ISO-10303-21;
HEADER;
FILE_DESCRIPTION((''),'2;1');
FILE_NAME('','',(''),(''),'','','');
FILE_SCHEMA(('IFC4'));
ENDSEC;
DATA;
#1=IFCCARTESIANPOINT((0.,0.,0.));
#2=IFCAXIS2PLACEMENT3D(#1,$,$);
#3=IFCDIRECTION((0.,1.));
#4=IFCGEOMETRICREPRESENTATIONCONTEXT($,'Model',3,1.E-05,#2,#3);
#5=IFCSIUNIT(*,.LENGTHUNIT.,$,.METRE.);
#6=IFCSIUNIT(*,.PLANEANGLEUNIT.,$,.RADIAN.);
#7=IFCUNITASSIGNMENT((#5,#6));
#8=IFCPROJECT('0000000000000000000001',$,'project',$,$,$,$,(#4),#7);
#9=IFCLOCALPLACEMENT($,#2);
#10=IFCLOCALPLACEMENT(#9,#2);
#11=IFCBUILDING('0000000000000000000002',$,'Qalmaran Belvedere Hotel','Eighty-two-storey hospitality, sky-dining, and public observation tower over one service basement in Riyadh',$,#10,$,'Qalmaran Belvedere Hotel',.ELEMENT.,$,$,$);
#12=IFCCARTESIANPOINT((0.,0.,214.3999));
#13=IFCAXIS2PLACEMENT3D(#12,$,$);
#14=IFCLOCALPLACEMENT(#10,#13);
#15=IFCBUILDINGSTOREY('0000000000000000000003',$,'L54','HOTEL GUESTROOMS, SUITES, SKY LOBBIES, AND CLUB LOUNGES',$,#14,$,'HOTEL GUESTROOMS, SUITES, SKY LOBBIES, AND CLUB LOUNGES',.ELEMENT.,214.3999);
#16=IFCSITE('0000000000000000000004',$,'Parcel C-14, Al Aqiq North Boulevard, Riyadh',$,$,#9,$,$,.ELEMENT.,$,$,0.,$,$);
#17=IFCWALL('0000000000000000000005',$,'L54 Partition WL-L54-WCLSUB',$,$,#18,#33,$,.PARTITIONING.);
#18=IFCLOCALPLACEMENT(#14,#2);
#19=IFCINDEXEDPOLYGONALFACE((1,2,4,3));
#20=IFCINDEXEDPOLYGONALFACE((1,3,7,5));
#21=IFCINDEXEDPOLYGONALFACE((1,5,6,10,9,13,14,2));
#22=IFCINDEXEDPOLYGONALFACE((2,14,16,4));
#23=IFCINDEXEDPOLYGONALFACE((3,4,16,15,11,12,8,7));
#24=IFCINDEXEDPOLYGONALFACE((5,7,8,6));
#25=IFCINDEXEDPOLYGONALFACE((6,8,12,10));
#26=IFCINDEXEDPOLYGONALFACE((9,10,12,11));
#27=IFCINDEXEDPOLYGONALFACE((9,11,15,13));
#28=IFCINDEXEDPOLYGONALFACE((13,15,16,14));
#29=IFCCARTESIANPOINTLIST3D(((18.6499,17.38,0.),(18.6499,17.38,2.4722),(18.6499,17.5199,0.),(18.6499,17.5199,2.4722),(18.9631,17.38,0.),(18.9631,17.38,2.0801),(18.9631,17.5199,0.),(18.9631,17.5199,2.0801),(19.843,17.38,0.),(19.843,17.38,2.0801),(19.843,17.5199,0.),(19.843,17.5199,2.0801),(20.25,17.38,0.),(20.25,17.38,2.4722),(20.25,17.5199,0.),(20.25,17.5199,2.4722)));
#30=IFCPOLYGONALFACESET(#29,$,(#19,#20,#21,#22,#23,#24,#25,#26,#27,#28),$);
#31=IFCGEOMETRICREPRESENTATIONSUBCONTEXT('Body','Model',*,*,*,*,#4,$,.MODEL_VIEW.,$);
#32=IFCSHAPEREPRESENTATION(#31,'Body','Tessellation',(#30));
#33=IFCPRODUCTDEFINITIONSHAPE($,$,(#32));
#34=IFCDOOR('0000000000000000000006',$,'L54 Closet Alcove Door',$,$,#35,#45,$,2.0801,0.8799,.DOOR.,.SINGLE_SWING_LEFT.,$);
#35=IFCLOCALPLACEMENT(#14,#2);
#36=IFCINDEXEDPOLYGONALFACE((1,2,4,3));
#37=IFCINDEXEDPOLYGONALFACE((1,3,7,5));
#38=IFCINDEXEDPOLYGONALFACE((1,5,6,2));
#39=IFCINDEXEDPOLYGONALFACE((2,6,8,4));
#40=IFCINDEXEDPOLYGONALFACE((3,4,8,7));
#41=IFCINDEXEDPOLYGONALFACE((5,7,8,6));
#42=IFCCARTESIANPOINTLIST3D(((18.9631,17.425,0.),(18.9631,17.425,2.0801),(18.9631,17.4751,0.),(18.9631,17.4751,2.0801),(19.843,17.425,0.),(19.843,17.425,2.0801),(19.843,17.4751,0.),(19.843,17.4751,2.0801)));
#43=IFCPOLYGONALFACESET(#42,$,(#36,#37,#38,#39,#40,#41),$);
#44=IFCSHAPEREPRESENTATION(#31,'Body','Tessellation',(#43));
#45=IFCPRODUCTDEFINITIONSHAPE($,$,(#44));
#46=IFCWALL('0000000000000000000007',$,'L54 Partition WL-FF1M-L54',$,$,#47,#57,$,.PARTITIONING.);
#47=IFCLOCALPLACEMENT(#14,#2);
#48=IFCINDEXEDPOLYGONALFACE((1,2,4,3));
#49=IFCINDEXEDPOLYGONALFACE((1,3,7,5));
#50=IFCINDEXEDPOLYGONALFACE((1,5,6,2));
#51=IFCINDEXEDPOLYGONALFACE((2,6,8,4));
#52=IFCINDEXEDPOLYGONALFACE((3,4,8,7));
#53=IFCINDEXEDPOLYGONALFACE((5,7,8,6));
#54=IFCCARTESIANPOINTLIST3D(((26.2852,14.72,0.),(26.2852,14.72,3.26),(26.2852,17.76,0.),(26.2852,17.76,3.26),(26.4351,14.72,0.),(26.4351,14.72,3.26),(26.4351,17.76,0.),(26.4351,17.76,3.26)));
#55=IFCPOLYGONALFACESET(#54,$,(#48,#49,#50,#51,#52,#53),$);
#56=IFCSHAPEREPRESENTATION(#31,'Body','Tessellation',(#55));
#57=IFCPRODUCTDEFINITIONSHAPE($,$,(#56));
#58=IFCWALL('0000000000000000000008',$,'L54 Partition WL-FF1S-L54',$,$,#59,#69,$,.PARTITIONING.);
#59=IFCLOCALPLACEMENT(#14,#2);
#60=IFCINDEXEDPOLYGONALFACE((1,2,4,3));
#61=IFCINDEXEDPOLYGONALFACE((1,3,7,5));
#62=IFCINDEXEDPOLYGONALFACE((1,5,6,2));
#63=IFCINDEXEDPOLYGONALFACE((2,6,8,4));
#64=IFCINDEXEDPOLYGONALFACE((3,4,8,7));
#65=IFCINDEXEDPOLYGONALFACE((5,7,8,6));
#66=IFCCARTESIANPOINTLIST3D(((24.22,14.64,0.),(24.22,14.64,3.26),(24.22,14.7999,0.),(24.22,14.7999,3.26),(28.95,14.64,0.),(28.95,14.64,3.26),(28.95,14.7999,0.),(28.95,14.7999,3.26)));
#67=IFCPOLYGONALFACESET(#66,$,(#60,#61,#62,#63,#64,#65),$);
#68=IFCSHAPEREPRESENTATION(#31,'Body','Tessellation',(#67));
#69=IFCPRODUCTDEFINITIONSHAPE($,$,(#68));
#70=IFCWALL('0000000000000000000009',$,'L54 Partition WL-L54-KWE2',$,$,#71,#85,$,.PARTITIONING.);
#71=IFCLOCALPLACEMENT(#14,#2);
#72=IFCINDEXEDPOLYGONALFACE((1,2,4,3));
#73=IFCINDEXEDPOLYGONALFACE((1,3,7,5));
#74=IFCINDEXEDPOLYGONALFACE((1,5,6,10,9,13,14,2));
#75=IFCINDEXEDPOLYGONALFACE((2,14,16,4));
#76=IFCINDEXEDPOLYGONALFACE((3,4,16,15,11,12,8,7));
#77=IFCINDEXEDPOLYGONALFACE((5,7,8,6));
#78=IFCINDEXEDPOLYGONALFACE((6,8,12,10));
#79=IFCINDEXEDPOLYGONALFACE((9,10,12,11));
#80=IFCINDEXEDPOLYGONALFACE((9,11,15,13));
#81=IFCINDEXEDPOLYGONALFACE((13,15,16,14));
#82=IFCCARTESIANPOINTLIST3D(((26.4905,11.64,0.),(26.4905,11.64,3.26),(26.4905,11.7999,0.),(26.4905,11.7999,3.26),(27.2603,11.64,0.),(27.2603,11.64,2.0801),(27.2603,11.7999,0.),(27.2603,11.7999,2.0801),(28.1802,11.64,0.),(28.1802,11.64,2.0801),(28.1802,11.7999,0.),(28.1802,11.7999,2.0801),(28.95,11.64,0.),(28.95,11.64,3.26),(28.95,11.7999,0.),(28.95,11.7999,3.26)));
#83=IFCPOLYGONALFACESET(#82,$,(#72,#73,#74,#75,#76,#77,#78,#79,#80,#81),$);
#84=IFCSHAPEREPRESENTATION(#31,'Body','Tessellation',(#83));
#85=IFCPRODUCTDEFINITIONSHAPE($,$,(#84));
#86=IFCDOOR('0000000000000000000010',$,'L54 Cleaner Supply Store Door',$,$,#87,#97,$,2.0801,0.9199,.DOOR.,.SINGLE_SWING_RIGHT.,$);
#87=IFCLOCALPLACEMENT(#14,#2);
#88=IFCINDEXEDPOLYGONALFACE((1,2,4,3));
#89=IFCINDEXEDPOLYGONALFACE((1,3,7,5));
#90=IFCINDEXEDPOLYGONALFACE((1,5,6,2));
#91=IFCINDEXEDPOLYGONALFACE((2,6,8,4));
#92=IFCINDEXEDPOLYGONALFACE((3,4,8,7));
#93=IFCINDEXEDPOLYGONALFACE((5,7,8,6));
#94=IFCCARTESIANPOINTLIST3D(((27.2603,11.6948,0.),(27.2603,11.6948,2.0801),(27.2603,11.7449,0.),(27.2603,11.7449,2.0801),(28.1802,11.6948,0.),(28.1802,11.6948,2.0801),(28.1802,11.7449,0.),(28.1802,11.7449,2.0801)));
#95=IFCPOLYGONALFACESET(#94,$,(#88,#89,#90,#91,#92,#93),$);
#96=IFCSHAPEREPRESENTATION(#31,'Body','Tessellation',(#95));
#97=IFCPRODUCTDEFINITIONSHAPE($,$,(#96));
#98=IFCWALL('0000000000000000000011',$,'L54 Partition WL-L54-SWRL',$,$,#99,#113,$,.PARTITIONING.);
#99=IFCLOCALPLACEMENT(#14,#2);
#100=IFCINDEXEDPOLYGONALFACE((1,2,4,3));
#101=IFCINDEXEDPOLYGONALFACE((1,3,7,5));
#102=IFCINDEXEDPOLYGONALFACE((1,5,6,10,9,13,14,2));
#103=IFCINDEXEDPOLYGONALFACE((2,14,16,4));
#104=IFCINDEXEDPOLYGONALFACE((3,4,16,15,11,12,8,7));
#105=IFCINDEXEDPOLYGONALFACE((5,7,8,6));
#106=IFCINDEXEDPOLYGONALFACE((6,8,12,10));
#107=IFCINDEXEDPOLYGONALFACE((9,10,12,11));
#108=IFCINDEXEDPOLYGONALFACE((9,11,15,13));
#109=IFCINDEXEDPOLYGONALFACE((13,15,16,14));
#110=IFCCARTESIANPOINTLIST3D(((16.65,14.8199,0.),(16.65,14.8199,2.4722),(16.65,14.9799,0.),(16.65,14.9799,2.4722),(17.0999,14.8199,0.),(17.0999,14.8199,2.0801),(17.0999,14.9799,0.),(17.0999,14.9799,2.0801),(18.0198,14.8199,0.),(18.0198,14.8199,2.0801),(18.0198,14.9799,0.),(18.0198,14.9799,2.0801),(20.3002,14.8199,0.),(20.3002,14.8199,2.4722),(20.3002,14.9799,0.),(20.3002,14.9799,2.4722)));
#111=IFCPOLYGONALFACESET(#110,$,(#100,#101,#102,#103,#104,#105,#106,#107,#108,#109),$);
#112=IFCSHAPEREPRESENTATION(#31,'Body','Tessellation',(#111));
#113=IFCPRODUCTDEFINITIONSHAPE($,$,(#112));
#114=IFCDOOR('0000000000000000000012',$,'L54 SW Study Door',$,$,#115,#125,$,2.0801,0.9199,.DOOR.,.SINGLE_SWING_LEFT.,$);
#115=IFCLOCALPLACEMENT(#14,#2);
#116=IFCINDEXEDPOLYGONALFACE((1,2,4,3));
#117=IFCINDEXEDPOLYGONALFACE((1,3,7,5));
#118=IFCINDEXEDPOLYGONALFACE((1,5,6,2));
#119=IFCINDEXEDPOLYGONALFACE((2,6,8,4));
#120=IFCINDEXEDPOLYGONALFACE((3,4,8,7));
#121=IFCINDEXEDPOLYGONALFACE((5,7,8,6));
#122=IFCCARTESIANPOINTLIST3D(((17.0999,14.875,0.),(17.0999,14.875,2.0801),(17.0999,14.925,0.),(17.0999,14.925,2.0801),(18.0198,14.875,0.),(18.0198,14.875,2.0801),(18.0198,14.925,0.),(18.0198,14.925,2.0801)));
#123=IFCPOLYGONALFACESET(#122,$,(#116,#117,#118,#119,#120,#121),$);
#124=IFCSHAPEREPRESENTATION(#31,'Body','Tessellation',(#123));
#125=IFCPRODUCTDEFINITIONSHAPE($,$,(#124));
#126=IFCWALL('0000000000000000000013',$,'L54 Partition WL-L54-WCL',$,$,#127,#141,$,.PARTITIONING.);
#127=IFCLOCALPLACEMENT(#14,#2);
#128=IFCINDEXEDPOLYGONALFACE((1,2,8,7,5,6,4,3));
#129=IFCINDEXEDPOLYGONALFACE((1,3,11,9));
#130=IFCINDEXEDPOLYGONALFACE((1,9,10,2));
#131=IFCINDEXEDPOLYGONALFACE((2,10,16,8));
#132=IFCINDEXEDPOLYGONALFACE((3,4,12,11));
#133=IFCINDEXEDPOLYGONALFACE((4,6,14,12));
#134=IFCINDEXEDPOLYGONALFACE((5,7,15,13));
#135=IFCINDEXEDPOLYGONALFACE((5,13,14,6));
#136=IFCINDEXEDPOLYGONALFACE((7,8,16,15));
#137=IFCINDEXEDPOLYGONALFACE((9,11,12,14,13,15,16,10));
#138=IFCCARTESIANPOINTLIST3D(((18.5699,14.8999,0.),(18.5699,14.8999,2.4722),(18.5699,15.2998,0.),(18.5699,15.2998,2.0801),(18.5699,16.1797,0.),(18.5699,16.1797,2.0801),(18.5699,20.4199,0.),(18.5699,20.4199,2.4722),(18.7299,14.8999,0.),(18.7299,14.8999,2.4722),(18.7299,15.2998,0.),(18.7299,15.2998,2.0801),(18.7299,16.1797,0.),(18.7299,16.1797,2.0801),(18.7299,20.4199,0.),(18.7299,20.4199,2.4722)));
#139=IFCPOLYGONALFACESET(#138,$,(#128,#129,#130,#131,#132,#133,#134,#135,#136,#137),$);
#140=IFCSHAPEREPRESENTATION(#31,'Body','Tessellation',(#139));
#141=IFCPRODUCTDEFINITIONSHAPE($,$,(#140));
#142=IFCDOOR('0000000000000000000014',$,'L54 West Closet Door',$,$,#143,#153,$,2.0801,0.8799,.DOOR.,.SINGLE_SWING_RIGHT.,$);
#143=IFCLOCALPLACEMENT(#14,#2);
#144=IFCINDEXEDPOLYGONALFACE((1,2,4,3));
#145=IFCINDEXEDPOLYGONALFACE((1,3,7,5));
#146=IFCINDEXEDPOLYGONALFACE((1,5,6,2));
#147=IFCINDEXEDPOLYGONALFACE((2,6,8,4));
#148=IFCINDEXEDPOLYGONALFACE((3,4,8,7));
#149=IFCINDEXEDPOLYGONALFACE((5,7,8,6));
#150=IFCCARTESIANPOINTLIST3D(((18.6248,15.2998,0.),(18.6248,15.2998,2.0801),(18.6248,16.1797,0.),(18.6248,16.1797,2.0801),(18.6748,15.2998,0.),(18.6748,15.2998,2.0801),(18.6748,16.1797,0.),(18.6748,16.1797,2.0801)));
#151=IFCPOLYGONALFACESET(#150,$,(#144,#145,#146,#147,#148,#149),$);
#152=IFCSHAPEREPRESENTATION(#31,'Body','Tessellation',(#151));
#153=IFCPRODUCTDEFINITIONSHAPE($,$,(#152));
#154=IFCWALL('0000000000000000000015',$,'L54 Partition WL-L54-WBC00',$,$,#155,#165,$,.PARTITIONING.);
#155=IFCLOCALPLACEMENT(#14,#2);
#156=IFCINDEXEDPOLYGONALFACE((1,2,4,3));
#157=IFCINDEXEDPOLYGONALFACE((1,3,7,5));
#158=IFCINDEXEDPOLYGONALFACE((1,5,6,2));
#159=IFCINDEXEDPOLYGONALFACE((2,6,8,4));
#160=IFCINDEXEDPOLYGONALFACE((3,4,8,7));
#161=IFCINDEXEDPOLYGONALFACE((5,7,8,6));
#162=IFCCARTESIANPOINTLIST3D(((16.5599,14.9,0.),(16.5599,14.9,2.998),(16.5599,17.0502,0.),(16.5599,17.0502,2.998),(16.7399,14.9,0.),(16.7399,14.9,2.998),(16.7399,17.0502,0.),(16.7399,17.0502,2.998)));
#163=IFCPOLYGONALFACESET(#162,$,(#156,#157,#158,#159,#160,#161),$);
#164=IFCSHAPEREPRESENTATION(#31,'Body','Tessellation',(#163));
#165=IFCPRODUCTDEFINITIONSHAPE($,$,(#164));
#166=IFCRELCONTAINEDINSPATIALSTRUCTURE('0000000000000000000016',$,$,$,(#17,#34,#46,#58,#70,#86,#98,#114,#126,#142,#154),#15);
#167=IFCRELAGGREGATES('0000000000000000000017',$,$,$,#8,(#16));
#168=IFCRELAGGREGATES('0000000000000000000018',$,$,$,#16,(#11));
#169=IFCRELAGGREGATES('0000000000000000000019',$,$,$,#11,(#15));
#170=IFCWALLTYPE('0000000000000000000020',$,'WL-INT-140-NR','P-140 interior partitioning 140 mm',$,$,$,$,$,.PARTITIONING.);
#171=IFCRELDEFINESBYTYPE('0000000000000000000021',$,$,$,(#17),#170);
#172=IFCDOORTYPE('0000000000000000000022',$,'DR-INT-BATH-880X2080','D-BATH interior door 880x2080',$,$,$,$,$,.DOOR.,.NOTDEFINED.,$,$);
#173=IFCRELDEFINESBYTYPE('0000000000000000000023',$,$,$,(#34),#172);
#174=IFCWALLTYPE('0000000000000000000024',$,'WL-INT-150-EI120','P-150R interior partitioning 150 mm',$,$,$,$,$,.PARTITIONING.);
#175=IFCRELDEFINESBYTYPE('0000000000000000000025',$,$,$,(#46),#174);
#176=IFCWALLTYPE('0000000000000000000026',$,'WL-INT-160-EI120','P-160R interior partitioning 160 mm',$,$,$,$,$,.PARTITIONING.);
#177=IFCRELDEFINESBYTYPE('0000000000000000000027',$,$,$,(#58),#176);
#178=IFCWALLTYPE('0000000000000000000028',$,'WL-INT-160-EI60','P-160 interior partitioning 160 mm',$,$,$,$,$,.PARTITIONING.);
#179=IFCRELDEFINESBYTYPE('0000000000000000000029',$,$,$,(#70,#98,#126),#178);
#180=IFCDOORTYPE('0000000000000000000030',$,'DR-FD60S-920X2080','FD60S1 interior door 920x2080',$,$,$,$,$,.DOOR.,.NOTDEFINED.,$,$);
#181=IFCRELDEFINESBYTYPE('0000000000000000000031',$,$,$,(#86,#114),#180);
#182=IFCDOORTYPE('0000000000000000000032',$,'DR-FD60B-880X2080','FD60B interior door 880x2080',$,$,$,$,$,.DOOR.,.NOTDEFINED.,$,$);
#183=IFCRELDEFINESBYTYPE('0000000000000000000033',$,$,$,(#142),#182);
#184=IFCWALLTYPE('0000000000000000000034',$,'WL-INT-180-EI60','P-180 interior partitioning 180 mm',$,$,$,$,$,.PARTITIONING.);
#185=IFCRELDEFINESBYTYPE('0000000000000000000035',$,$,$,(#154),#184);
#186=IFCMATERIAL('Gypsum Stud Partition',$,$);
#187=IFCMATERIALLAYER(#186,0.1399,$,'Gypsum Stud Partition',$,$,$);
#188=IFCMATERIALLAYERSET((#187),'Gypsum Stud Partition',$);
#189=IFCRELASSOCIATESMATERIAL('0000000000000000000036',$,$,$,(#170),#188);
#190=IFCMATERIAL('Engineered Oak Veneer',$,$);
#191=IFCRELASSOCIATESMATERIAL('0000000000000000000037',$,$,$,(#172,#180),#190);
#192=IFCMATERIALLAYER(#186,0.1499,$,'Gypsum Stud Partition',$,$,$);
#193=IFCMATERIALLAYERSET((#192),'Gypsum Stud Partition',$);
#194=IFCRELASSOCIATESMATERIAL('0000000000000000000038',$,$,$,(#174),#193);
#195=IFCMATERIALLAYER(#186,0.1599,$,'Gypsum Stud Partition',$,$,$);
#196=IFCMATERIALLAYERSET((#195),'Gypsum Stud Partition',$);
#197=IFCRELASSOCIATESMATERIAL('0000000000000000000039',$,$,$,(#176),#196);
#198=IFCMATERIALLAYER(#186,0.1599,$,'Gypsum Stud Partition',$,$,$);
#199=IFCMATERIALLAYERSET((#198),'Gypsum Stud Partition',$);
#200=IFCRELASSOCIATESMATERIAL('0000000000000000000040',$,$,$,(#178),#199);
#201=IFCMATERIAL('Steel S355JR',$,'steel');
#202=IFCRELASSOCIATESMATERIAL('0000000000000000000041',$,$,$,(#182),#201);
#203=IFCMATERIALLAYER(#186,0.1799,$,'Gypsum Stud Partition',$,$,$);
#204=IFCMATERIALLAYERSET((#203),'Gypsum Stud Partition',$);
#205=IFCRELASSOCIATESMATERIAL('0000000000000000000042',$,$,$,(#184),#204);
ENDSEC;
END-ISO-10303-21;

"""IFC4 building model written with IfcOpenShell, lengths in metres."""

from ifc_helpers import new_model, si_unit, direction, frame, frame_2d, origin, place, context, subcontext, project, spatial, rectangle, extrude, material, layer, layer_set, type_object, element, fill, save


model = new_model("IFC4")

# Units and contexts
model_context = context("Model", 3, precision=1e-05, world=origin(), true_north=direction((0.0, 1.0)))
body_context = subcontext(model_context, "Body", "Model", "MODEL_VIEW")
ifc_project = project(units=[si_unit("LENGTHUNIT", "METRE"), si_unit("PLANEANGLEUNIT", "RADIAN")], contexts=[model_context])

# Site, building, storey
site_placement = place(None, origin())
site = spatial("IfcSite", under=ifc_project, at=site_placement, Name="Parcel C-14, Al Aqiq North Boulevard, Riyadh", CompositionType="ELEMENT", RefElevation=0.0)
building_placement = place(site_placement, origin())
building = spatial("IfcBuilding", under=site, at=building_placement, Name="Qalmaran Belvedere Hotel", Description="Eighty-two-storey hospitality, sky-dining, and public observation tower over one service basement in Riyadh", LongName="Qalmaran Belvedere Hotel", CompositionType="ELEMENT")
storey_placement = place(building_placement, frame((0.0, 0.0, 214.3999)))
storey = spatial("IfcBuildingStorey", under=building, at=storey_placement, Name="L54", Description="HOTEL GUESTROOMS, SUITES, SKY LOBBIES, AND CLUB LOUNGES", LongName="HOTEL GUESTROOMS, SUITES, SKY LOBBIES, AND CLUB LOUNGES", CompositionType="ELEMENT", Elevation=214.3999)

# Wall, opening, door
ifc_material_1 = material(Name="Gypsum Stud Partition")
ifc_layer_1 = layer(ifc_material_1, 0.1399, Name="Gypsum Stud Partition")
ifc_layer_set_1 = layer_set([ifc_layer_1], Name="Gypsum Stud Partition")
wall_type_1 = type_object("IfcWallType", Name="WL-INT-140-NR", Description="P-140 interior partitioning 140 mm", PredefinedType="PARTITIONING", material=ifc_layer_set_1)
wall_1_placement = place(storey_placement, frame((18.6499, 17.45, 0.0), z_axis=(0.0, 0.0, 1.0), x_axis=(1.0, 0.0, 0.0)))
wall_1 = element("IfcWall", 1, at=wall_1_placement, inside=storey, type_object=wall_type_1, Name="L54 Partition WL-L54-WCLSUB", PredefinedType="PARTITIONING", context=body_context, shape_type="SweptSolid", body=[
    extrude(rectangle(XDim=1.6001, YDim=0.1399, at=frame_2d((0.8, 0.0))), origin(), (0.0, 0.0, 1.0), 2.4722),
])
opening_1_placement = place(wall_1_placement, frame((1.1931, 0.0, 0.0), z_axis=(0.0, 0.0, 1.0), x_axis=(-1.0, 0.0, 0.0)))
opening_1 = element("IfcOpeningElement", 2, at=opening_1_placement, cuts=wall_1, PredefinedType="OPENING", context=body_context, shape_type="SweptSolid", body=[
    extrude(rectangle(XDim=0.8799, YDim=2.0801, at=frame_2d((0.4399, 1.04))), frame((0.0, 0.0801, 0.0), z_axis=(0.0, -1.0, 0.0), x_axis=(1.0, 0.0, 0.0)), (0.0, 0.0, 1.0), 0.1599),
])
ifc_material_2 = material(Name="Engineered Oak Veneer")
door_type_1 = type_object("IfcDoorType", Name="DR-INT-BATH-880X2080", Description="D-BATH interior door 880x2080", OperationType="NOTDEFINED", PredefinedType="DOOR", material=ifc_material_2)
door_1_placement = place(opening_1_placement, origin())
door_1 = element("IfcDoor", 3, at=door_1_placement, inside=storey, type_object=door_type_1, Name="L54 Closet Alcove Door", OperationType="SINGLE_SWING_LEFT", OverallHeight=2.0801, OverallWidth=0.8799, PredefinedType="DOOR", context=body_context, shape_type="SweptSolid", body=[
    extrude(rectangle(XDim=0.8799, YDim=2.0801, at=frame_2d((0.4399, 1.04))), frame((0.0, 0.0249, 0.0), z_axis=(0.0, -1.0, 0.0), x_axis=(1.0, 0.0, 0.0)), (0.0, 0.0, 1.0), 0.05),
])
fill(opening_1, door_1)

# Walls
ifc_layer_2 = layer(ifc_material_1, 0.1499, Name="Gypsum Stud Partition")
ifc_layer_set_2 = layer_set([ifc_layer_2], Name="Gypsum Stud Partition")
wall_type_2 = type_object("IfcWallType", Name="WL-INT-150-EI120", Description="P-150R interior partitioning 150 mm", PredefinedType="PARTITIONING", material=ifc_layer_set_2)
wall_2_placement = place(storey_placement, frame((26.3601, 14.72, 0.0), z_axis=(0.0, 0.0, 1.0), x_axis=(0.0, 1.0, 0.0)))
element("IfcWall", 4, at=wall_2_placement, inside=storey, type_object=wall_type_2, Name="L54 Partition WL-FF1M-L54", PredefinedType="PARTITIONING", context=body_context, shape_type="SweptSolid", body=[
    extrude(rectangle(XDim=3.04, YDim=0.1499, at=frame_2d((1.52, 0.0))), origin(), (0.0, 0.0, 1.0), 3.26),
])
ifc_layer_3 = layer(ifc_material_1, 0.1599, Name="Gypsum Stud Partition")
ifc_layer_set_3 = layer_set([ifc_layer_3], Name="Gypsum Stud Partition")
wall_type_3 = type_object("IfcWallType", Name="WL-INT-160-EI120", Description="P-160R interior partitioning 160 mm", PredefinedType="PARTITIONING", material=ifc_layer_set_3)
wall_3_placement = place(storey_placement, frame((24.22, 14.72, 0.0), z_axis=(0.0, 0.0, 1.0), x_axis=(1.0, 0.0, 0.0)))
element("IfcWall", 5, at=wall_3_placement, inside=storey, type_object=wall_type_3, Name="L54 Partition WL-FF1S-L54", PredefinedType="PARTITIONING", context=body_context, shape_type="SweptSolid", body=[
    extrude(rectangle(XDim=4.73, YDim=0.1599, at=frame_2d((2.365, 0.0))), origin(), (0.0, 0.0, 1.0), 3.26),
])

# Walls, openings, doors
ifc_layer_4 = layer(ifc_material_1, 0.1599, Name="Gypsum Stud Partition")
ifc_layer_set_4 = layer_set([ifc_layer_4], Name="Gypsum Stud Partition")
wall_type_4 = type_object("IfcWallType", Name="WL-INT-160-EI60", Description="P-160 interior partitioning 160 mm", PredefinedType="PARTITIONING", material=ifc_layer_set_4)
wall_4_placement = place(storey_placement, frame((26.4905, 11.72, 0.0), z_axis=(0.0, 0.0, 1.0), x_axis=(1.0, 0.0, 0.0)))
wall_4 = element("IfcWall", 6, at=wall_4_placement, inside=storey, type_object=wall_type_4, Name="L54 Partition WL-L54-KWE2", PredefinedType="PARTITIONING", context=body_context, shape_type="SweptSolid", body=[
    extrude(rectangle(XDim=2.4595, YDim=0.1599, at=frame_2d((1.2297, 0.0))), origin(), (0.0, 0.0, 1.0), 3.26),
])
opening_2_placement = place(wall_4_placement, frame((0.7698, 0.0, 0.0)))
opening_2 = element("IfcOpeningElement", 7, at=opening_2_placement, cuts=wall_4, PredefinedType="OPENING", context=body_context, shape_type="SweptSolid", body=[
    extrude(rectangle(XDim=0.9199, YDim=2.0801, at=frame_2d((0.46, 1.04))), frame((0.0, 0.0898, 0.0), z_axis=(0.0, -1.0, 0.0), x_axis=(1.0, 0.0, 0.0)), (0.0, 0.0, 1.0), 0.1799),
])
door_type_2 = type_object("IfcDoorType", Name="DR-FD60S-920X2080", Description="FD60S1 interior door 920x2080", OperationType="NOTDEFINED", PredefinedType="DOOR", material=ifc_material_2)
door_2_placement = place(opening_2_placement, origin())
door_2 = element("IfcDoor", 8, at=door_2_placement, inside=storey, type_object=door_type_2, Name="L54 Cleaner Supply Store Door", OperationType="SINGLE_SWING_RIGHT", OverallHeight=2.0801, OverallWidth=0.9199, PredefinedType="DOOR", context=body_context, shape_type="SweptSolid", body=[
    extrude(rectangle(XDim=0.9199, YDim=2.0801, at=frame_2d((0.46, 1.04))), frame((0.0, 0.0249, 0.0), z_axis=(0.0, -1.0, 0.0), x_axis=(1.0, 0.0, 0.0)), (0.0, 0.0, 1.0), 0.05),
])
fill(opening_2, door_2)
wall_5_placement = place(storey_placement, frame((16.6499, 14.8999, 0.0), z_axis=(0.0, 0.0, 1.0), x_axis=(1.0, 0.0, 0.0)))
wall_5 = element("IfcWall", 9, at=wall_5_placement, inside=storey, type_object=wall_type_4, Name="L54 Partition WL-L54-SWRL", PredefinedType="PARTITIONING", context=body_context, shape_type="SweptSolid", body=[
    extrude(rectangle(XDim=3.6501, YDim=0.1599, at=frame_2d((1.8252, 0.0))), origin(), (0.0, 0.0, 1.0), 2.4722),
])
opening_3_placement = place(wall_5_placement, frame((1.3699, 0.0, 0.0), z_axis=(0.0, 0.0, 1.0), x_axis=(-1.0, 0.0, 0.0)))
opening_3 = element("IfcOpeningElement", 10, at=opening_3_placement, cuts=wall_5, PredefinedType="OPENING", context=body_context, shape_type="SweptSolid", body=[
    extrude(rectangle(XDim=0.9199, YDim=2.0801, at=frame_2d((0.46, 1.04))), frame((0.0, 0.0898, 0.0), z_axis=(0.0, -1.0, 0.0), x_axis=(1.0, 0.0, 0.0)), (0.0, 0.0, 1.0), 0.1799),
])
door_3_placement = place(opening_3_placement, origin())
door_3 = element("IfcDoor", 11, at=door_3_placement, inside=storey, type_object=door_type_2, Name="L54 SW Study Door", OperationType="SINGLE_SWING_LEFT", OverallHeight=2.0801, OverallWidth=0.9199, PredefinedType="DOOR", context=body_context, shape_type="SweptSolid", body=[
    extrude(rectangle(XDim=0.9199, YDim=2.0801, at=frame_2d((0.46, 1.04))), frame((0.0, 0.0249, 0.0), z_axis=(0.0, -1.0, 0.0), x_axis=(1.0, 0.0, 0.0)), (0.0, 0.0, 1.0), 0.05),
])
fill(opening_3, door_3)
wall_6_placement = place(storey_placement, frame((18.6499, 14.8999, 0.0), z_axis=(0.0, 0.0, 1.0), x_axis=(0.0, 1.0, 0.0)))
wall_6 = element("IfcWall", 12, at=wall_6_placement, inside=storey, type_object=wall_type_4, Name="L54 Partition WL-L54-WCL", PredefinedType="PARTITIONING", context=body_context, shape_type="SweptSolid", body=[
    extrude(rectangle(XDim=5.52, YDim=0.1599, at=frame_2d((2.76, 0.0))), origin(), (0.0, 0.0, 1.0), 2.4722),
])
opening_4_placement = place(wall_6_placement, frame((1.2798, 0.0, 0.0), z_axis=(0.0, 0.0, 1.0), x_axis=(-1.0, 0.0, 0.0)))
opening_4 = element("IfcOpeningElement", 13, at=opening_4_placement, cuts=wall_6, PredefinedType="OPENING", context=body_context, shape_type="SweptSolid", body=[
    extrude(rectangle(XDim=0.8799, YDim=2.0801, at=frame_2d((0.4399, 1.04))), frame((0.0, 0.0898, 0.0), z_axis=(0.0, -1.0, 0.0), x_axis=(1.0, 0.0, 0.0)), (0.0, 0.0, 1.0), 0.1799),
])
ifc_material_3 = material(Name="Steel S355JR", Category="steel")
door_type_3 = type_object("IfcDoorType", Name="DR-FD60B-880X2080", Description="FD60B interior door 880x2080", OperationType="NOTDEFINED", PredefinedType="DOOR", material=ifc_material_3)
door_4_placement = place(opening_4_placement, origin())
door_4 = element("IfcDoor", 14, at=door_4_placement, inside=storey, type_object=door_type_3, Name="L54 West Closet Door", OperationType="SINGLE_SWING_RIGHT", OverallHeight=2.0801, OverallWidth=0.8799, PredefinedType="DOOR", context=body_context, shape_type="SweptSolid", body=[
    extrude(rectangle(XDim=0.8799, YDim=2.0801, at=frame_2d((0.4399, 1.04))), frame((0.0, 0.0249, 0.0), z_axis=(0.0, -1.0, 0.0), x_axis=(1.0, 0.0, 0.0)), (0.0, 0.0, 1.0), 0.05),
])
fill(opening_4, door_4)

# Wall
ifc_layer_5 = layer(ifc_material_1, 0.1799, Name="Gypsum Stud Partition")
ifc_layer_set_5 = layer_set([ifc_layer_5], Name="Gypsum Stud Partition")
wall_type_5 = type_object("IfcWallType", Name="WL-INT-180-EI60", Description="P-180 interior partitioning 180 mm", PredefinedType="PARTITIONING", material=ifc_layer_set_5)
wall_7_placement = place(storey_placement, frame((16.6499, 14.8999, 0.0), z_axis=(0.0, 0.0, 1.0), x_axis=(0.0, 1.0, 0.0)))
element("IfcWall", 15, at=wall_7_placement, inside=storey, type_object=wall_type_5, Name="L54 Partition WL-L54-WBC00", PredefinedType="PARTITIONING", context=body_context, shape_type="SweptSolid", body=[
    extrude(rectangle(XDim=2.1501, YDim=0.1799, at=frame_2d((1.0752, 0.0))), origin(), (0.0, 0.0, 1.0), 2.998),
])

save(model, "model.ifc")
